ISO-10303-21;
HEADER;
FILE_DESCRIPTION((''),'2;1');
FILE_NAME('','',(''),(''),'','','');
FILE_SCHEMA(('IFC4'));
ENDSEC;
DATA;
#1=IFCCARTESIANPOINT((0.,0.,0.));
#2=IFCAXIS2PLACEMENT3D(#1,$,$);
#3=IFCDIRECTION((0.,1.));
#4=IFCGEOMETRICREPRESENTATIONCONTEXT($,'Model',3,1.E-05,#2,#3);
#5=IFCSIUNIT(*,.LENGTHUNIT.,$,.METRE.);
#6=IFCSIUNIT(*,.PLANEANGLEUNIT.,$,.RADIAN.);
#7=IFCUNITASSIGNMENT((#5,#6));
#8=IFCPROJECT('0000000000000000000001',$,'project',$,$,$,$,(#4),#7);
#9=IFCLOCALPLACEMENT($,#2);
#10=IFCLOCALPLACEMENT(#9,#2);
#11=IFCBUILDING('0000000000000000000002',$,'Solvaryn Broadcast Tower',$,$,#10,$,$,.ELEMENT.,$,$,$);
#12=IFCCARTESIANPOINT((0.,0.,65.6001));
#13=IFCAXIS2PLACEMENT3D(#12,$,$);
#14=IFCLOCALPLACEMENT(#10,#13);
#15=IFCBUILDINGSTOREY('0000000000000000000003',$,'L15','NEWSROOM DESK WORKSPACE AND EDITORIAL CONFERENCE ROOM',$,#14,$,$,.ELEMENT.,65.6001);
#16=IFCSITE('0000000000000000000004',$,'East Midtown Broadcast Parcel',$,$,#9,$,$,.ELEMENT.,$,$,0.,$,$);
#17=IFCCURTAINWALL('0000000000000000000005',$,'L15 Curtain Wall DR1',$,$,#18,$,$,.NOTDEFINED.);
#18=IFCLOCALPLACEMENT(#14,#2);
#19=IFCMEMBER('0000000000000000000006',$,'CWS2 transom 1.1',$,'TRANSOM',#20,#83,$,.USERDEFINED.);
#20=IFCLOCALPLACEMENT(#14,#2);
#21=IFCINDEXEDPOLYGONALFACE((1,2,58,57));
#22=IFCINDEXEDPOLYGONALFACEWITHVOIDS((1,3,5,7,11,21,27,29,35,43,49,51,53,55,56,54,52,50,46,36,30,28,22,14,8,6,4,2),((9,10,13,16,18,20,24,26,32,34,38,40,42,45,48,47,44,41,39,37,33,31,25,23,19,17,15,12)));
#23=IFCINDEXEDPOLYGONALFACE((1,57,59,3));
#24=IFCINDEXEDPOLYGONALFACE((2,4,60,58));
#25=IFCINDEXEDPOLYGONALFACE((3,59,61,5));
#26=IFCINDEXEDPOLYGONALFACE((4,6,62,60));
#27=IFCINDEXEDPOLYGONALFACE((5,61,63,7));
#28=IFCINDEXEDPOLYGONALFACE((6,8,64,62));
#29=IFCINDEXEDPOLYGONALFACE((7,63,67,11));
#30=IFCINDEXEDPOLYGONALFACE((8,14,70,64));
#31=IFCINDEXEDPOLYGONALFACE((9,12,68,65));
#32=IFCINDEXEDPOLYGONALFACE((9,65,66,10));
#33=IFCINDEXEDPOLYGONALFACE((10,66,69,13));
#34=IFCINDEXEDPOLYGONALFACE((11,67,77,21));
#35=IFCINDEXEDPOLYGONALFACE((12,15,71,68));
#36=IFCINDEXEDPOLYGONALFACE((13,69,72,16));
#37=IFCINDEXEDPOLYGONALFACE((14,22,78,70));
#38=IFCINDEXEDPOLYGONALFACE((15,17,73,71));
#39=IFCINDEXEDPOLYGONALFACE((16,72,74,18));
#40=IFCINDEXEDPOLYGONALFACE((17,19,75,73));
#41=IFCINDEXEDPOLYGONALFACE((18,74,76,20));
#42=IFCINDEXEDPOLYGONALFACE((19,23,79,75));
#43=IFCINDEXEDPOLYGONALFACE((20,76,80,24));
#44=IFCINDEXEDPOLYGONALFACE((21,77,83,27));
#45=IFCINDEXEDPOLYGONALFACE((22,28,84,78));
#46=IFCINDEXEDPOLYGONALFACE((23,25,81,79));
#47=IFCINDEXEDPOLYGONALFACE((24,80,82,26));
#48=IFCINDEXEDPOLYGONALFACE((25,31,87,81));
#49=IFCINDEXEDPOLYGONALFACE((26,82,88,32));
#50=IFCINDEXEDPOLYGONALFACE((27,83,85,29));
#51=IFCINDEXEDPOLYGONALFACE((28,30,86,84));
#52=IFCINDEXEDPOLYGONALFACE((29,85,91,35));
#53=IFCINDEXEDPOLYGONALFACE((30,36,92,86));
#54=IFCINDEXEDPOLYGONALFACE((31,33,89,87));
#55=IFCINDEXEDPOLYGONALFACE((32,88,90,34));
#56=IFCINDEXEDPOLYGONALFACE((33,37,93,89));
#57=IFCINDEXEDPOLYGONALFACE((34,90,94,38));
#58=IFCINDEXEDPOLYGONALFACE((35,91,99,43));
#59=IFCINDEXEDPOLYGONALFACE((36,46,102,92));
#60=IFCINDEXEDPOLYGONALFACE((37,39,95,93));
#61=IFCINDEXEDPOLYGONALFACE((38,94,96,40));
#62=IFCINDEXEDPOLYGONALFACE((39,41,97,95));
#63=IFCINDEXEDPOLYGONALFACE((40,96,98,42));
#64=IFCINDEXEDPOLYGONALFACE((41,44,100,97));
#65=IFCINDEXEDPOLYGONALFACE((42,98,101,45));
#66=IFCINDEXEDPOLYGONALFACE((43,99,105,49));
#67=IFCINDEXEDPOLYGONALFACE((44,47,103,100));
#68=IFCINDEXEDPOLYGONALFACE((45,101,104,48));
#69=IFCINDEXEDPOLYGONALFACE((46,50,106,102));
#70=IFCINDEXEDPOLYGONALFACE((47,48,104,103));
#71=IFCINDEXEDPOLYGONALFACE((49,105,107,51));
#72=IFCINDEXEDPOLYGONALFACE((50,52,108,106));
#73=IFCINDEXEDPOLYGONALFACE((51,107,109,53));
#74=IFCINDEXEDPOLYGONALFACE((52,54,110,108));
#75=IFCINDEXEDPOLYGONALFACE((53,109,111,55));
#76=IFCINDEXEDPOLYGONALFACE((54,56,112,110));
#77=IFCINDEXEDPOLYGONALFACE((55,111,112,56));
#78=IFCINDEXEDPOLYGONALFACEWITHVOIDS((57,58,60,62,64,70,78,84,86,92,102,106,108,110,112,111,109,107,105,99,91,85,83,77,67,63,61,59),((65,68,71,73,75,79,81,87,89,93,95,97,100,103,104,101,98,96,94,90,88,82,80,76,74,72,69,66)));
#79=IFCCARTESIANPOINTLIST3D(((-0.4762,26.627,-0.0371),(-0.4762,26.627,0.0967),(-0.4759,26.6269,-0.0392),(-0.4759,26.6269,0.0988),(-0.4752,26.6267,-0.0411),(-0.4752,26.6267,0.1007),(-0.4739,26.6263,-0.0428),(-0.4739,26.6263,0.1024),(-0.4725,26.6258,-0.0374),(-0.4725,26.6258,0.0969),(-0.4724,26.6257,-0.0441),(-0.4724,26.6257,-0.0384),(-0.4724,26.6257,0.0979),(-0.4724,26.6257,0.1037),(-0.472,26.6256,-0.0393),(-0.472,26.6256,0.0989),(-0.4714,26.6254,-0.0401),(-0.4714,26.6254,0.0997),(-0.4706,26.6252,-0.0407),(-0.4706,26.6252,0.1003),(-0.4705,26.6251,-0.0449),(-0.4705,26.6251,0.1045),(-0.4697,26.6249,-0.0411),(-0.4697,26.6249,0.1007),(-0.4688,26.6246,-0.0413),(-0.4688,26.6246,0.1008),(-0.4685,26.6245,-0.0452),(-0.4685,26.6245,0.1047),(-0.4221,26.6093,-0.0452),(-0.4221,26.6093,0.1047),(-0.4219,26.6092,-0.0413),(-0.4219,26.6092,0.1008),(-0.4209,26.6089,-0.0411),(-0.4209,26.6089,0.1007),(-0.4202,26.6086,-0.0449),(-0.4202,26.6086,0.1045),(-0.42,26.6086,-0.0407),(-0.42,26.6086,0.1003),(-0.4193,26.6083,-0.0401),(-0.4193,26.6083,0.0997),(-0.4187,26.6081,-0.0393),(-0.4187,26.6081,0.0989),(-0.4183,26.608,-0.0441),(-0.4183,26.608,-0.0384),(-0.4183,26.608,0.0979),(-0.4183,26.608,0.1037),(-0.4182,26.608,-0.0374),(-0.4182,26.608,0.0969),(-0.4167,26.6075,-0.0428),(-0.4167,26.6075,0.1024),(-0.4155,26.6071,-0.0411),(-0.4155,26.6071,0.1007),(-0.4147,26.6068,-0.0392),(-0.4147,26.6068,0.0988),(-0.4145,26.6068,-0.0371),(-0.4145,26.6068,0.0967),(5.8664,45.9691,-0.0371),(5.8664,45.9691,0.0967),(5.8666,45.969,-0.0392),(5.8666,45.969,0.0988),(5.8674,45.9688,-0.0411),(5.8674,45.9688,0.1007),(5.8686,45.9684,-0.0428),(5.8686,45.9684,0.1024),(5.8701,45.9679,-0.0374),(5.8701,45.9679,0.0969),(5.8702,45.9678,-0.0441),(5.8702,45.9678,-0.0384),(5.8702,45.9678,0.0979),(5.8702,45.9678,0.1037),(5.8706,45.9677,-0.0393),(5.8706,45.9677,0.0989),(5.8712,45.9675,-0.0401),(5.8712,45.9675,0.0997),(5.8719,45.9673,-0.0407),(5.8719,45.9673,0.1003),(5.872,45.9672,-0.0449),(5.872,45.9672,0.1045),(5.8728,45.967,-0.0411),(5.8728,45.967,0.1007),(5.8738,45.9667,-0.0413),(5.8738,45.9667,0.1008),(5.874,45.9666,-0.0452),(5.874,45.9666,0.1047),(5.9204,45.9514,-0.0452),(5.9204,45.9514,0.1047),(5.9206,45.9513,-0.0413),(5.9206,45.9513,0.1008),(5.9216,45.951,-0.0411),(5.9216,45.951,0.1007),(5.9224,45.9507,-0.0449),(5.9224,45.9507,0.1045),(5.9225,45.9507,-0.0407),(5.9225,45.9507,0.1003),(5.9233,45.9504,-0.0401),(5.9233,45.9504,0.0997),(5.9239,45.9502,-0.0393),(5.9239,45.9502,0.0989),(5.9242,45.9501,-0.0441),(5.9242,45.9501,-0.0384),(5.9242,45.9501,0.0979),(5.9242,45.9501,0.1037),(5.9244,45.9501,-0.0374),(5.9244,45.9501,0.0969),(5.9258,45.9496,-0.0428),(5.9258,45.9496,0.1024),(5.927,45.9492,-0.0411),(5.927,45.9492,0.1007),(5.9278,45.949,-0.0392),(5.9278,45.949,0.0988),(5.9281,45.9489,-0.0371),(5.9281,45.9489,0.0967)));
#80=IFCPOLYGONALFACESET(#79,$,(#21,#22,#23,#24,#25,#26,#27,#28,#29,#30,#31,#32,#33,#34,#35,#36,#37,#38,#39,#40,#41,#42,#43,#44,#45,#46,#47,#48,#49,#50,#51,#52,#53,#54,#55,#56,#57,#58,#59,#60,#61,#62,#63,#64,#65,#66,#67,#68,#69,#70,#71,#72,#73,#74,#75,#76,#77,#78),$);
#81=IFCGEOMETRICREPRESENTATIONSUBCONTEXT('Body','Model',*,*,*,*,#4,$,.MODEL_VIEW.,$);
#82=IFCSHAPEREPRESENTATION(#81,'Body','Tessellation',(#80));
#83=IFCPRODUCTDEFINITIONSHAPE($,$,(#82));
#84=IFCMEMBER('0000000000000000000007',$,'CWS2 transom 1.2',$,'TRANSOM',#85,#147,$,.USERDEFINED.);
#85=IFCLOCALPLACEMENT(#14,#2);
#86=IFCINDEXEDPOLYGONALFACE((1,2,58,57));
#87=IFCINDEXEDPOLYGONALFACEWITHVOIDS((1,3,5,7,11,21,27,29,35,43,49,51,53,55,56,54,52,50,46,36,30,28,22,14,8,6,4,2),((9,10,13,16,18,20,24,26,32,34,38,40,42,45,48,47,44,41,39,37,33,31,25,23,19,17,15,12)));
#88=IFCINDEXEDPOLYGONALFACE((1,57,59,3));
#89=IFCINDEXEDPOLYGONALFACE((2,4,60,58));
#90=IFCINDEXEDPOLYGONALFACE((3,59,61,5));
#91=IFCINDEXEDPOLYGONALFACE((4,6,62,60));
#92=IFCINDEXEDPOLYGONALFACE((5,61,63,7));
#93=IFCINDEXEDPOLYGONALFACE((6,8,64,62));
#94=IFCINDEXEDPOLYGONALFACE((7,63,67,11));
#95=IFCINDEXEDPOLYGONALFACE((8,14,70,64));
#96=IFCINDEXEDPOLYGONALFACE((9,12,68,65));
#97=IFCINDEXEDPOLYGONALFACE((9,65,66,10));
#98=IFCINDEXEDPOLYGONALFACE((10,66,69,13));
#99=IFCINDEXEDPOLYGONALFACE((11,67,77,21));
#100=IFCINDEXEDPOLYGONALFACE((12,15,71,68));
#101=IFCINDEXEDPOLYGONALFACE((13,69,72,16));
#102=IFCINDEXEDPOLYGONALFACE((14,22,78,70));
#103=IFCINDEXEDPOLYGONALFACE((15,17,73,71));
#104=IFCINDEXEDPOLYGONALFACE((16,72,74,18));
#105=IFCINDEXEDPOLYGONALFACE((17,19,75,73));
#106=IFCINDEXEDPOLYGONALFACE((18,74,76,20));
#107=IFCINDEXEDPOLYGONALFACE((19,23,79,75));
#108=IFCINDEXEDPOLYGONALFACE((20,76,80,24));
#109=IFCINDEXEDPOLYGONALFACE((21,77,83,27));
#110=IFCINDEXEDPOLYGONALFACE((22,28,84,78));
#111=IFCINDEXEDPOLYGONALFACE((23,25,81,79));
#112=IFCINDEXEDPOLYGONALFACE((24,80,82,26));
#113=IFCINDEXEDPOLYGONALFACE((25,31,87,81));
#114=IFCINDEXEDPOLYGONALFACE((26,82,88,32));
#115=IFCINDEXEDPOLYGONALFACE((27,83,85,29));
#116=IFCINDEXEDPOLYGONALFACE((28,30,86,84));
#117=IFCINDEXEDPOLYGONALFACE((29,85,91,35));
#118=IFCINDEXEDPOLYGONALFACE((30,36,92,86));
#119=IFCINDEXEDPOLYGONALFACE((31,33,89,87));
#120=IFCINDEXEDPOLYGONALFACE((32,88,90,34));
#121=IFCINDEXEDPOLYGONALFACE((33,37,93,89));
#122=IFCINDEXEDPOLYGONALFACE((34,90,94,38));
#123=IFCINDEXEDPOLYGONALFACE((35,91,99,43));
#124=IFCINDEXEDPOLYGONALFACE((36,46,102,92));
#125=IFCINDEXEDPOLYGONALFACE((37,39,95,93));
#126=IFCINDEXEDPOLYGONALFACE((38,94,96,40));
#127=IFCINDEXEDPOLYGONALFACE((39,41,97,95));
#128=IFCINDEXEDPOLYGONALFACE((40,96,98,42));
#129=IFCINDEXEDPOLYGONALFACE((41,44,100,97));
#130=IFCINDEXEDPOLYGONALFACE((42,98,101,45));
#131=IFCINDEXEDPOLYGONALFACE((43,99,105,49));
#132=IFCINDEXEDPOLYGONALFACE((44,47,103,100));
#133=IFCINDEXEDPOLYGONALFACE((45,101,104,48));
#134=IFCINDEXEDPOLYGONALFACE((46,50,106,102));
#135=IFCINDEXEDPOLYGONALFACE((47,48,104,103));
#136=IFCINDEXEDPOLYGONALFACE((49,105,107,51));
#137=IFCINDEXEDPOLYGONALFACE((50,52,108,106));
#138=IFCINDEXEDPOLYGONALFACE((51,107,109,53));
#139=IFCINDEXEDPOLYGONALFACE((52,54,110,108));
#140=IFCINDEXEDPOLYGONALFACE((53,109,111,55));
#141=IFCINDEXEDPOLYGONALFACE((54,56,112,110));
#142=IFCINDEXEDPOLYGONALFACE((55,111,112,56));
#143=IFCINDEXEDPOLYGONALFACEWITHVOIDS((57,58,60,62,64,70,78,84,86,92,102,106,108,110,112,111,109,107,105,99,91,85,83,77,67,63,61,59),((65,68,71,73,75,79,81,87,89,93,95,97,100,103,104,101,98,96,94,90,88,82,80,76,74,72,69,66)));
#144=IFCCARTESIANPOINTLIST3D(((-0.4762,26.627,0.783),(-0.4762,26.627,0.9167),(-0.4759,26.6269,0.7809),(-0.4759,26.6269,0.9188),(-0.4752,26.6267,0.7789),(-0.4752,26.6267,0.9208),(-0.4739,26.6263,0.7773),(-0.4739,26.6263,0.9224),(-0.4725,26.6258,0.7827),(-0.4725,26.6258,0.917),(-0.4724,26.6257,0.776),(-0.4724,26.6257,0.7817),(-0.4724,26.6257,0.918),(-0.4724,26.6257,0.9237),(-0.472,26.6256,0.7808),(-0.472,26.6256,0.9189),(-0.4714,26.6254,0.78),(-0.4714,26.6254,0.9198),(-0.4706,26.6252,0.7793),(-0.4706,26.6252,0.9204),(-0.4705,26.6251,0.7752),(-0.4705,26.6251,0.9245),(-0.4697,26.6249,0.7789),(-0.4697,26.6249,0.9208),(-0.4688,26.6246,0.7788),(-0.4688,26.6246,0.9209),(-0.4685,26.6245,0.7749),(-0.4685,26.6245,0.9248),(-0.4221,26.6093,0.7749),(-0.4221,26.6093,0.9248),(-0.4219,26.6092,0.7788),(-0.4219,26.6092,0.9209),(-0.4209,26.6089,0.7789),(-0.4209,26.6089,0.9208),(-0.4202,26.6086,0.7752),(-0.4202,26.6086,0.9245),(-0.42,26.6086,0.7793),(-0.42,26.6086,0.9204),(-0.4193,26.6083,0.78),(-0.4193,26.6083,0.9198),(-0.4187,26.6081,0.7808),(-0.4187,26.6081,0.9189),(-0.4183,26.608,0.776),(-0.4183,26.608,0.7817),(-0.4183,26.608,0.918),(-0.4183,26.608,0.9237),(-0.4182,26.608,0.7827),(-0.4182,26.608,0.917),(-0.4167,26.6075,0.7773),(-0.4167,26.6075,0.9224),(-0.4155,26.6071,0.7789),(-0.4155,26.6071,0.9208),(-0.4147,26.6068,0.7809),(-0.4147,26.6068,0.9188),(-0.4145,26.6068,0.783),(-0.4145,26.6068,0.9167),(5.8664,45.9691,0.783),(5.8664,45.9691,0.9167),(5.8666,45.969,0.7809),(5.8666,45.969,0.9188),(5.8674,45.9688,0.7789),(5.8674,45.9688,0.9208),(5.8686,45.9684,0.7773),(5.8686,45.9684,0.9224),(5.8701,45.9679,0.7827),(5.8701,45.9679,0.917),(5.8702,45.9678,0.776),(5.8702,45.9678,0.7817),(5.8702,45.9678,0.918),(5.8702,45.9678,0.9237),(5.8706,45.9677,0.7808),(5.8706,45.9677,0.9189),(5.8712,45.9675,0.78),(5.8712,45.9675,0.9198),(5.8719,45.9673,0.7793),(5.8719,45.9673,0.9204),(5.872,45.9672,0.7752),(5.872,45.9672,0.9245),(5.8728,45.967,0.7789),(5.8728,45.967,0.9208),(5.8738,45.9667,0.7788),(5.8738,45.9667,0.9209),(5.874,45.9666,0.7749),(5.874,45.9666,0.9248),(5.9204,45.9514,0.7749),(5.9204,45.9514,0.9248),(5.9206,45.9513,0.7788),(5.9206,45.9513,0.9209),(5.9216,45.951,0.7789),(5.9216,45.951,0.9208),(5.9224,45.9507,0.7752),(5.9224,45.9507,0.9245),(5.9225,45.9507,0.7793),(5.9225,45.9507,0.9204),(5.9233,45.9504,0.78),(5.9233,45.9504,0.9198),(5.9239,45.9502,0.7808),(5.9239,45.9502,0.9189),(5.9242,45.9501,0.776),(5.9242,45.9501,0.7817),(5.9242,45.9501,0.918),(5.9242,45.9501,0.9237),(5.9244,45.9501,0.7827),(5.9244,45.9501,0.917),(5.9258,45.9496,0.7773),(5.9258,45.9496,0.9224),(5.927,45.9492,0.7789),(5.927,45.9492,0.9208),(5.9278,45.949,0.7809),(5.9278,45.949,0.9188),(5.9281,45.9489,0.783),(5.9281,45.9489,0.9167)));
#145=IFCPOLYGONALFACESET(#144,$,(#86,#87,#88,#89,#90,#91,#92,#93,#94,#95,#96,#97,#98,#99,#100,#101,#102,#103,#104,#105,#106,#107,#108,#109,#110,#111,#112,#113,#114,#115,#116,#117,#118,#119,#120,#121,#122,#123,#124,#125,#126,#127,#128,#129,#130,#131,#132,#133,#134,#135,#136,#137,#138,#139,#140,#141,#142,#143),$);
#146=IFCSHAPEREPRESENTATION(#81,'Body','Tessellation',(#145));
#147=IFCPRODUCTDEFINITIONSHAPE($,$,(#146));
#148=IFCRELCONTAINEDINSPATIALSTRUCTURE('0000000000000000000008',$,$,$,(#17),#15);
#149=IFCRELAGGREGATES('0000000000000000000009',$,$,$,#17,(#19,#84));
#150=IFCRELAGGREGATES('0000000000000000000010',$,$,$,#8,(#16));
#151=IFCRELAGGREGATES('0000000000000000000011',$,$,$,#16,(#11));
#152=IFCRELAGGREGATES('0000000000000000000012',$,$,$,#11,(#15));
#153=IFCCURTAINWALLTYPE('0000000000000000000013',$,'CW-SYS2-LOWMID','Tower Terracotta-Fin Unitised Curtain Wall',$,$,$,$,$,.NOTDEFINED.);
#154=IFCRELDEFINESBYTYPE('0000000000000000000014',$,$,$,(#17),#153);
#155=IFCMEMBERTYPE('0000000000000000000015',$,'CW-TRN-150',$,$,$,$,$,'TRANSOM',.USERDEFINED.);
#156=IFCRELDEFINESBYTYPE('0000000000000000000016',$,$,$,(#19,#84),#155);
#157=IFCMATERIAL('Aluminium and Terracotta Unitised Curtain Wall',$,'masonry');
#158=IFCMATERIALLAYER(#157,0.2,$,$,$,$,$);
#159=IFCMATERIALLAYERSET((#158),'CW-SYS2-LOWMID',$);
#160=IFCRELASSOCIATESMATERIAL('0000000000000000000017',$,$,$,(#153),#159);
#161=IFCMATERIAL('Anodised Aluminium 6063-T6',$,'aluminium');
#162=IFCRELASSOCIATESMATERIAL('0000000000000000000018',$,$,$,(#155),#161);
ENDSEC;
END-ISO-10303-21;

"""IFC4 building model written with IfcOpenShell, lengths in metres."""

from ifc_helpers import new_model, si_unit, direction, frame, origin, origin_2d, place, context, subcontext, project, spatial, hollow_rectangle, extrude, material, layer, layer_set, material_profile, profile_set, type_object, element, aggregate, save


model = new_model("IFC4")

# Units and contexts
model_context = context("Model", 3, precision=1e-05, world=origin(), true_north=direction((0.0, 1.0)))
body_context = subcontext(model_context, "Body", "Model", "MODEL_VIEW")
ifc_project = project(units=[si_unit("LENGTHUNIT", "METRE"), si_unit("PLANEANGLEUNIT", "RADIAN")], contexts=[model_context])

# Site, building, storey
site_placement = place(None, origin())
site = spatial("IfcSite", under=ifc_project, at=site_placement, Name="East Midtown Broadcast Parcel", CompositionType="ELEMENT", RefElevation=0.0)
building_placement = place(site_placement, origin())
building = spatial("IfcBuilding", under=site, at=building_placement, Name="Solvaryn Broadcast Tower", CompositionType="ELEMENT")
storey_placement = place(building_placement, frame((0.0, 0.0, 65.6001)))
storey = spatial("IfcBuildingStorey", under=building, at=storey_placement, Name="L15", Description="NEWSROOM DESK WORKSPACE AND EDITORIAL CONFERENCE ROOM", CompositionType="ELEMENT", Elevation=65.6001)

# Curtain wall
ifc_material_1 = material(Name="Aluminium and Terracotta Unitised Curtain Wall", Category="masonry")
ifc_layer_1 = layer(ifc_material_1, 0.2)
ifc_layer_set_1 = layer_set([ifc_layer_1], Name="CW-SYS2-LOWMID")
curtain_wall_type = type_object("IfcCurtainWallType", Name="CW-SYS2-LOWMID", Description="Tower Terracotta-Fin Unitised Curtain Wall", PredefinedType="NOTDEFINED", material=ifc_layer_set_1)
curtain_wall_1_placement = place(storey_placement, origin())
curtain_wall_1 = element("IfcCurtainWall", 1, at=curtain_wall_1_placement, inside=storey, type_object=curtain_wall_type, Name="L15 Curtain Wall DR1", PredefinedType="NOTDEFINED")

# Members
ifc_material_2 = material(Name="Anodised Aluminium 6063-T6", Category="aluminium")
ifc_material_profile_1 = material_profile(ifc_material_2, hollow_rectangle(XDim=0.0649, YDim=0.1499, WallThickness=0.0039, InnerFilletRadius=0.0039, OuterFilletRadius=0.0081, at=origin_2d()))
ifc_profile_set_1 = profile_set([ifc_material_profile_1], Name="Anodised Aluminium 6063-T6")
member_type_1 = type_object("IfcMemberType", Name="CW-TRN-150", ElementType="TRANSOM", PredefinedType="USERDEFINED", material=ifc_profile_set_1)
member_1_placement = place(storey_placement, frame((5.8972, 45.959, 0.0298), z_axis=(-0.31159, -0.950217, 0.0), x_axis=(0.950217, -0.31159, 0.0)))
member_1 = element("IfcMember", 2, at=member_1_placement, type_object=member_type_1, Name="CWS2 transom 1.1", ObjectType="TRANSOM", PredefinedType="USERDEFINED", context=body_context, shape_type="SweptSolid", body=[
    extrude(hollow_rectangle(XDim=0.0649, YDim=0.1499, WallThickness=0.0039, InnerFilletRadius=0.0039, OuterFilletRadius=0.0081, at=origin_2d()), origin(), (0.0, 0.0, 1.0), 20.3555),
])
member_2_placement = place(storey_placement, frame((5.8972, 45.959, 0.8499), z_axis=(-0.31159, -0.950217, 0.0), x_axis=(0.950217, -0.31159, 0.0)))
member_2 = element("IfcMember", 3, at=member_2_placement, type_object=member_type_1, Name="CWS2 transom 1.2", ObjectType="TRANSOM", PredefinedType="USERDEFINED", context=body_context, shape_type="SweptSolid", body=[
    extrude(hollow_rectangle(XDim=0.0649, YDim=0.1499, WallThickness=0.0039, InnerFilletRadius=0.0039, OuterFilletRadius=0.0081, at=origin_2d()), origin(), (0.0, 0.0, 1.0), 20.3555),
])
aggregate(curtain_wall_1, [member_1, member_2])

save(model, "model.ifc")
